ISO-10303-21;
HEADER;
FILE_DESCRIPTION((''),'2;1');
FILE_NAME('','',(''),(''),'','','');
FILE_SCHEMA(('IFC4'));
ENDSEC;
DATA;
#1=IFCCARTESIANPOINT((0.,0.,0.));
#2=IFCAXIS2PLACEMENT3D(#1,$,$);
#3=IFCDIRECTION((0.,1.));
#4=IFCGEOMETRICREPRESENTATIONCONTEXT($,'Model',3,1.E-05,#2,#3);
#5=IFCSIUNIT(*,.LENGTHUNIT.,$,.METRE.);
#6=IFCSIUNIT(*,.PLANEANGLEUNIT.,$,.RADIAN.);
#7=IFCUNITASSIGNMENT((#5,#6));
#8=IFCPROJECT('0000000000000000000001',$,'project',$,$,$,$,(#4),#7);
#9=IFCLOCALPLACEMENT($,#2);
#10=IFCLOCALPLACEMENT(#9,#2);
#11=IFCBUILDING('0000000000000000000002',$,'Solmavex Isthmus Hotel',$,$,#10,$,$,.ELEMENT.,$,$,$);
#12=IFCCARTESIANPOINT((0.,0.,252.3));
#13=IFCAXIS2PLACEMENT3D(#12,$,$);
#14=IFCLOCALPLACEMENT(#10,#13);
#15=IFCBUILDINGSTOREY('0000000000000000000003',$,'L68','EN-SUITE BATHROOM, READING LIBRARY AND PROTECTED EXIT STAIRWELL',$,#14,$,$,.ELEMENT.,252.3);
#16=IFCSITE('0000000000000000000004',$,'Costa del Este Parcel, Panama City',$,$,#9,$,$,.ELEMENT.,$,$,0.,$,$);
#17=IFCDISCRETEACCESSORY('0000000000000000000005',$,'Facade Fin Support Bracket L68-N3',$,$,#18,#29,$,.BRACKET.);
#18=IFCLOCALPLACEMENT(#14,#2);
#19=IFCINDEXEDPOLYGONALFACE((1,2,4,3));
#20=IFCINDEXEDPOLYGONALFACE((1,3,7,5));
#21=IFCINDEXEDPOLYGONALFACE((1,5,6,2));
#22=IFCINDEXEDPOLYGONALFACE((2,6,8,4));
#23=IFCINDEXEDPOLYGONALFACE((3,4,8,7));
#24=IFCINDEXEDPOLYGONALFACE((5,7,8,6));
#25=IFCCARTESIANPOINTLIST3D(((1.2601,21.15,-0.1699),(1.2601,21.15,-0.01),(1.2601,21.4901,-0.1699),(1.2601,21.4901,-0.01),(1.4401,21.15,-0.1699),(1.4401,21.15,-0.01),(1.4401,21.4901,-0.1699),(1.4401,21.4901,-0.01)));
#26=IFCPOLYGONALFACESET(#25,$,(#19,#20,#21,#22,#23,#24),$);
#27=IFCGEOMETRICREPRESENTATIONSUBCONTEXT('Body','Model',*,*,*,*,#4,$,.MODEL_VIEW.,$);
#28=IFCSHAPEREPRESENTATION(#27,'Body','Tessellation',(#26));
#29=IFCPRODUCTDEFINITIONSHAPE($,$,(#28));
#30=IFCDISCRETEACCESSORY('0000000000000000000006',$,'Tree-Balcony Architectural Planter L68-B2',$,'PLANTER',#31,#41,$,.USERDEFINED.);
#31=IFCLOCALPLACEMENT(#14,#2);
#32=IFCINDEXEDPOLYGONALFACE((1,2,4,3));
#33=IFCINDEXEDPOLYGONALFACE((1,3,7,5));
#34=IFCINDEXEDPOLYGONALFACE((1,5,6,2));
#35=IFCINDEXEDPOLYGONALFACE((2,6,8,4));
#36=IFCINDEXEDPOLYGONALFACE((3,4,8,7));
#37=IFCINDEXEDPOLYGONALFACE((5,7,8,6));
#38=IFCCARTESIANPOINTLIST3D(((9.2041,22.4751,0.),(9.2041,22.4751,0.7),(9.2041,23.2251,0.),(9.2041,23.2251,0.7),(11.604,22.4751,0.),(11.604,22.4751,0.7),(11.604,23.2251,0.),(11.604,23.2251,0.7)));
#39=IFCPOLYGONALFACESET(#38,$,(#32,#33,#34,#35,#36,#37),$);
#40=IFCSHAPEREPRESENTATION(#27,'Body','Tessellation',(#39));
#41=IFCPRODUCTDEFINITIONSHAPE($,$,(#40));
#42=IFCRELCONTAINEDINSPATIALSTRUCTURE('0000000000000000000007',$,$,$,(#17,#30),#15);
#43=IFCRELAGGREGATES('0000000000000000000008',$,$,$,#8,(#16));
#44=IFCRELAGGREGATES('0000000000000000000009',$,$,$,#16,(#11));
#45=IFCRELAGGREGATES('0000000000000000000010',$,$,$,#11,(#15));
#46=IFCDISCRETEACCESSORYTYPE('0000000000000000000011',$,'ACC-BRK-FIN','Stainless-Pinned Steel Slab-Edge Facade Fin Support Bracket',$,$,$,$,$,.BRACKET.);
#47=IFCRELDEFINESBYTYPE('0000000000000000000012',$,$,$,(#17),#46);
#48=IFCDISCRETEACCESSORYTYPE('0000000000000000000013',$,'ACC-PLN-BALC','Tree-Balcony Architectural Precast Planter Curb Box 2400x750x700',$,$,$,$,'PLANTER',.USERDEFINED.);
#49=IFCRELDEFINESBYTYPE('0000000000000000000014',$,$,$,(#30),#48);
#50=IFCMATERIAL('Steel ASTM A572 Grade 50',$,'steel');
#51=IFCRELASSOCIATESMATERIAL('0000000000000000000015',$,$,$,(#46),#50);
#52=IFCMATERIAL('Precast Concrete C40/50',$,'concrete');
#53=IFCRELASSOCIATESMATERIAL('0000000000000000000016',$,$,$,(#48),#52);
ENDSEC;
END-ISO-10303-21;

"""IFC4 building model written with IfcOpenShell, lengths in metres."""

from ifc_helpers import new_model, si_unit, direction, frame, origin, origin_2d, place, context, subcontext, project, spatial, rectangle, extrude, material, type_object, element, save


model = new_model("IFC4")

# Units and contexts
model_context = context("Model", 3, precision=1e-05, world=origin(), true_north=direction((0.0, 1.0)))
body_context = subcontext(model_context, "Body", "Model", "MODEL_VIEW")
ifc_project = project(units=[si_unit("LENGTHUNIT", "METRE"), si_unit("PLANEANGLEUNIT", "RADIAN")], contexts=[model_context])

# Site, building, storey
site_placement = place(None, origin())
site = spatial("IfcSite", under=ifc_project, at=site_placement, Name="Costa del Este Parcel, Panama City", CompositionType="ELEMENT", RefElevation=0.0)
building_placement = place(site_placement, origin())
building = spatial("IfcBuilding", under=site, at=building_placement, Name="Solmavex Isthmus Hotel", CompositionType="ELEMENT")
storey_placement = place(building_placement, frame((0.0, 0.0, 252.3)))
storey = spatial("IfcBuildingStorey", under=building, at=storey_placement, Name="L68", Description="EN-SUITE BATHROOM, READING LIBRARY AND PROTECTED EXIT STAIRWELL", CompositionType="ELEMENT", Elevation=252.3)

# Shared definitions
ifc_material_1 = material(Name="Precast Concrete C40/50", Category="concrete")

# Discrete accessories
ifc_material_2 = material(Name="Steel ASTM A572 Grade 50", Category="steel")
discrete_accessory_type_1 = type_object("IfcDiscreteAccessoryType", Name="ACC-BRK-FIN", Description="Stainless-Pinned Steel Slab-Edge Facade Fin Support Bracket", PredefinedType="BRACKET", material=ifc_material_2)
discrete_accessory_1_placement = place(storey_placement, frame((1.3501, 21.3201, -0.1699), z_axis=(0.0, 0.0, 1.0), x_axis=(0.0, 1.0, 0.0)))
element("IfcDiscreteAccessory", 1, at=discrete_accessory_1_placement, inside=storey, type_object=discrete_accessory_type_1, Name="Facade Fin Support Bracket L68-N3", PredefinedType="BRACKET", context=body_context, shape_type="SweptSolid", body=[
    extrude(rectangle(XDim=0.3401, YDim=0.1799, at=origin_2d()), origin(), (0.0, 0.0, 1.0), 0.1599),
])
discrete_accessory_type_2 = type_object("IfcDiscreteAccessoryType", Name="ACC-PLN-BALC", Description="Tree-Balcony Architectural Precast Planter Curb Box 2400x750x700", ElementType="PLANTER", PredefinedType="USERDEFINED", material=ifc_material_1)
discrete_accessory_2_placement = place(storey_placement, frame((10.4041, 22.8501, 0.0), z_axis=(0.0, 0.0, 1.0), x_axis=(1.0, 0.0, 0.0)))
element("IfcDiscreteAccessory", 2, at=discrete_accessory_2_placement, inside=storey, type_object=discrete_accessory_type_2, Name="Tree-Balcony Architectural Planter L68-B2", ObjectType="PLANTER", PredefinedType="USERDEFINED", context=body_context, shape_type="SweptSolid", body=[
    extrude(rectangle(XDim=2.3999, YDim=0.75, at=origin_2d()), origin(), (0.0, 0.0, 1.0), 0.7),
])

save(model, "model.ifc")
